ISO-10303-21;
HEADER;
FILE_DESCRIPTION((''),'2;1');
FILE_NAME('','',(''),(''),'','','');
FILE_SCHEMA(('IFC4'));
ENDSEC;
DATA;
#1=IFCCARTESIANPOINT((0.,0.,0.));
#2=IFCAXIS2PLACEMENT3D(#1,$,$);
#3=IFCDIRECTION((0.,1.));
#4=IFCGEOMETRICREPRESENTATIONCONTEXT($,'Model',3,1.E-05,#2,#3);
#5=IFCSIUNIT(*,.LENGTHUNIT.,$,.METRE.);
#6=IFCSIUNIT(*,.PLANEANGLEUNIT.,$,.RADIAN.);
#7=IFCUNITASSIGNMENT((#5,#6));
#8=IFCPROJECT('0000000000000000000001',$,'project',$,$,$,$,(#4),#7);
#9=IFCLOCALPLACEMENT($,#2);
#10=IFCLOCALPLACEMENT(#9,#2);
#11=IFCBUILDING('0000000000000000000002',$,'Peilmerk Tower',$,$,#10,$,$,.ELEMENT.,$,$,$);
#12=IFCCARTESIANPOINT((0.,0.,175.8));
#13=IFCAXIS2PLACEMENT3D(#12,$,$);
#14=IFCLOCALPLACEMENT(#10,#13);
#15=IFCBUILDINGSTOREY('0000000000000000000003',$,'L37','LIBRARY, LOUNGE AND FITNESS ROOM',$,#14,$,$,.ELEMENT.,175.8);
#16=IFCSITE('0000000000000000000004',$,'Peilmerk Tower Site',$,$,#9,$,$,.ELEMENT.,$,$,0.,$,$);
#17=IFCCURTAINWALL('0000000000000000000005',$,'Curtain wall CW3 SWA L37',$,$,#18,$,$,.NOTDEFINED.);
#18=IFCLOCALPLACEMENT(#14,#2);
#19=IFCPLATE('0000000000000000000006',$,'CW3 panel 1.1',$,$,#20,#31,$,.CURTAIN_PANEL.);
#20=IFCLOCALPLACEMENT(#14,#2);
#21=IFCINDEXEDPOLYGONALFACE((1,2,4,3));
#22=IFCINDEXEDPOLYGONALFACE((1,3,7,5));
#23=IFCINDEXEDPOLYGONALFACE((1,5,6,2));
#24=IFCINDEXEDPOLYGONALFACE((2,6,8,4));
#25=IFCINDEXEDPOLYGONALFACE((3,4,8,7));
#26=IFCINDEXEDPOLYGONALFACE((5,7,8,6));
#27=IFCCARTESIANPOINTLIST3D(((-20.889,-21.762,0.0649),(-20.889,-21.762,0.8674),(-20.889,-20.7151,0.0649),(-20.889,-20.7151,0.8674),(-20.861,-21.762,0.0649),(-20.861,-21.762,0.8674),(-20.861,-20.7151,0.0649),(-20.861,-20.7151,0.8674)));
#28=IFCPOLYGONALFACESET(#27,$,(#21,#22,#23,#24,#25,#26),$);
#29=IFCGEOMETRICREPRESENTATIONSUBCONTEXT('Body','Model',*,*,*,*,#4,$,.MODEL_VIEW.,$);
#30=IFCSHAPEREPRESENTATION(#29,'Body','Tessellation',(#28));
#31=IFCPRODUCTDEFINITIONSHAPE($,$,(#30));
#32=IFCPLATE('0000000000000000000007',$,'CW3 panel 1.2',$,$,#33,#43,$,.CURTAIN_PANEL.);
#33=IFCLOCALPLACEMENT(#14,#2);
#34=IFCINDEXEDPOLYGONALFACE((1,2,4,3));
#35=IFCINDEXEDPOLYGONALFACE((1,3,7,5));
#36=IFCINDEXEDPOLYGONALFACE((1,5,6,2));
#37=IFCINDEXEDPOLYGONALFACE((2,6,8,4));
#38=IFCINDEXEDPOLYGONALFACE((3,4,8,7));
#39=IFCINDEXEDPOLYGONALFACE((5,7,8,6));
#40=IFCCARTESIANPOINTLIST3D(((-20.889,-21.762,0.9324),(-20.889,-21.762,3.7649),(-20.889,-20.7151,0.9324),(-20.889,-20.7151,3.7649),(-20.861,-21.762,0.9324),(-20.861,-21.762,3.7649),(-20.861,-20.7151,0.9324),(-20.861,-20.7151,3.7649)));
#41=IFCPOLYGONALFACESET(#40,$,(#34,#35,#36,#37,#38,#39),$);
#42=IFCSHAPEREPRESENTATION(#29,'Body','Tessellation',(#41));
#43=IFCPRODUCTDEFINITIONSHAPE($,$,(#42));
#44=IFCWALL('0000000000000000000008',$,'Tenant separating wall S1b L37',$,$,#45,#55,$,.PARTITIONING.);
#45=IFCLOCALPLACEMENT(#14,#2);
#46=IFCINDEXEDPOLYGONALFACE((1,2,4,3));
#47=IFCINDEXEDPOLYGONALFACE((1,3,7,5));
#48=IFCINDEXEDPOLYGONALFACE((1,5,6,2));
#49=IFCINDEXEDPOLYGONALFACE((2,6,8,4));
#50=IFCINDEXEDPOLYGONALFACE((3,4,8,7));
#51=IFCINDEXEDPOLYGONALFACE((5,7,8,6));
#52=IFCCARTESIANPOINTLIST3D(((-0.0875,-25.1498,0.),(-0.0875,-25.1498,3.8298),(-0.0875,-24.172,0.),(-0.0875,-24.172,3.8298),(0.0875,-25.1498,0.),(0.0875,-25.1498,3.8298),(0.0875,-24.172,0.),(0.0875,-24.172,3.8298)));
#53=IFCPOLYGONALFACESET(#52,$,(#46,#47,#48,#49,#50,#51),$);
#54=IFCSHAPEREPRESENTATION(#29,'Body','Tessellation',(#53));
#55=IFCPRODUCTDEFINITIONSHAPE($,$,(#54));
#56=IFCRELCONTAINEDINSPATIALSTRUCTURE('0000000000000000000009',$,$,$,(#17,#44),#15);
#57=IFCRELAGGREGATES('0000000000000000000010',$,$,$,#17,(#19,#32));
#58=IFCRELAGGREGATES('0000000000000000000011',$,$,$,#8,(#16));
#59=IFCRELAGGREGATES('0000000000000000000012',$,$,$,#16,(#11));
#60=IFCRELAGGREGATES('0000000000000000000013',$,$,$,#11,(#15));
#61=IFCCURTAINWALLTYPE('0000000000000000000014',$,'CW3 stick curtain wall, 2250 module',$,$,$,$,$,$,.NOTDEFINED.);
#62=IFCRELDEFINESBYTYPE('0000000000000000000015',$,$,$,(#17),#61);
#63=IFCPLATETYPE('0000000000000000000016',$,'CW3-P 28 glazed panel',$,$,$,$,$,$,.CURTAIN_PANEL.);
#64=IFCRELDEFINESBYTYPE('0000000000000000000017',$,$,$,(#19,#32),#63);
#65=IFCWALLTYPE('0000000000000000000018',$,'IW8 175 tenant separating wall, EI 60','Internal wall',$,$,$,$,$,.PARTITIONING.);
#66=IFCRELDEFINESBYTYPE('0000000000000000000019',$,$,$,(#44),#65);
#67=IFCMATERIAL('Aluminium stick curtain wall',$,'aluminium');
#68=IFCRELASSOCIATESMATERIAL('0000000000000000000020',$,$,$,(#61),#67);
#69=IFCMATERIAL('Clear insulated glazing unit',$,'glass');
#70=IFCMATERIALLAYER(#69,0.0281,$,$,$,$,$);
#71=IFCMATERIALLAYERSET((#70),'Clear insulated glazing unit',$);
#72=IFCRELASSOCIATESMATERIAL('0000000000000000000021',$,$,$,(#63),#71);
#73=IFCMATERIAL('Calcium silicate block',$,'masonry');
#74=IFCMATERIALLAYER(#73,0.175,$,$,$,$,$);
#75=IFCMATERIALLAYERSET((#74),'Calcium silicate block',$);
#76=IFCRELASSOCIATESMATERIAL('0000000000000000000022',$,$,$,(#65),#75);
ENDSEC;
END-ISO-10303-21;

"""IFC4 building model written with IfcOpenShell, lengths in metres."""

from ifc_helpers import new_model, si_unit, direction, frame, frame_2d, origin, origin_2d, place, context, subcontext, project, spatial, rectangle, extrude, material, layer, layer_set, type_object, element, aggregate, save


model = new_model("IFC4")

# Units and contexts
model_context = context("Model", 3, precision=1e-05, world=origin(), true_north=direction((0.0, 1.0)))
body_context = subcontext(model_context, "Body", "Model", "MODEL_VIEW")
ifc_project = project(units=[si_unit("LENGTHUNIT", "METRE"), si_unit("PLANEANGLEUNIT", "RADIAN")], contexts=[model_context])

# Site, building, storey
site_placement = place(None, origin())
site = spatial("IfcSite", under=ifc_project, at=site_placement, Name="Peilmerk Tower Site", CompositionType="ELEMENT", RefElevation=0.0)
building_placement = place(site_placement, origin())
building = spatial("IfcBuilding", under=site, at=building_placement, Name="Peilmerk Tower", CompositionType="ELEMENT")
storey_placement = place(building_placement, frame((0.0, 0.0, 175.8)))
storey = spatial("IfcBuildingStorey", under=building, at=storey_placement, Name="L37", Description="LIBRARY, LOUNGE AND FITNESS ROOM", CompositionType="ELEMENT", Elevation=175.8)

# Curtain wall, plates
ifc_material_1 = material(Name="Aluminium stick curtain wall", Category="aluminium")
curtain_wall_type = type_object("IfcCurtainWallType", Name="CW3 stick curtain wall, 2250 module", PredefinedType="NOTDEFINED", material=ifc_material_1)
curtain_wall_placement = place(storey_placement, origin())
curtain_wall = element("IfcCurtainWall", 1, at=curtain_wall_placement, inside=storey, type_object=curtain_wall_type, Name="Curtain wall CW3 SWA L37", PredefinedType="NOTDEFINED")
ifc_material_2 = material(Name="Clear insulated glazing unit", Category="glass")
ifc_layer_1 = layer(ifc_material_2, 0.0281)
ifc_layer_set_1 = layer_set([ifc_layer_1], Name="Clear insulated glazing unit")
plate_type = type_object("IfcPlateType", Name="CW3-P 28 glazed panel", PredefinedType="CURTAIN_PANEL", material=ifc_layer_set_1)
plate_1_placement = place(storey_placement, frame((-20.875, -21.2385, 0.0649), z_axis=(0.0, 0.0, 1.0), x_axis=(0.0, -1.0, 0.0)))
plate_1 = element("IfcPlate", 2, at=plate_1_placement, type_object=plate_type, Name="CW3 panel 1.1", PredefinedType="CURTAIN_PANEL", context=body_context, shape_type="SweptSolid", body=[
    extrude(rectangle(XDim=1.0469, YDim=0.0281, at=origin_2d()), origin(), (0.0, 0.0, 1.0), 0.8025),
])
plate_2_placement = place(storey_placement, frame((-20.875, -21.2385, 0.9324), z_axis=(0.0, 0.0, 1.0), x_axis=(0.0, -1.0, 0.0)))
plate_2 = element("IfcPlate", 3, at=plate_2_placement, type_object=plate_type, Name="CW3 panel 1.2", PredefinedType="CURTAIN_PANEL", context=body_context, shape_type="SweptSolid", body=[
    extrude(rectangle(XDim=1.0469, YDim=0.0281, at=origin_2d()), origin(), (0.0, 0.0, 1.0), 2.8325),
])
aggregate(curtain_wall, [plate_1, plate_2])

# Wall
ifc_material_3 = material(Name="Calcium silicate block", Category="masonry")
ifc_layer_2 = layer(ifc_material_3, 0.175)
ifc_layer_set_2 = layer_set([ifc_layer_2], Name="Calcium silicate block")
wall_type = type_object("IfcWallType", Name="IW8 175 tenant separating wall, EI 60", Description="Internal wall", PredefinedType="PARTITIONING", material=ifc_layer_set_2)
wall_placement = place(storey_placement, frame((0.0, -24.1721, 0.0), z_axis=(0.0, 0.0, 1.0), x_axis=(0.0, -1.0, 0.0)))
element("IfcWall", 4, at=wall_placement, inside=storey, type_object=wall_type, Name="Tenant separating wall S1b L37", PredefinedType="PARTITIONING", context=body_context, shape_type="SweptSolid", body=[
    extrude(rectangle(XDim=0.9778, YDim=0.175, at=frame_2d((0.4888, 0.0))), origin(), (0.0, 0.0, 1.0), 3.8298),
])

save(model, "model.ifc")
